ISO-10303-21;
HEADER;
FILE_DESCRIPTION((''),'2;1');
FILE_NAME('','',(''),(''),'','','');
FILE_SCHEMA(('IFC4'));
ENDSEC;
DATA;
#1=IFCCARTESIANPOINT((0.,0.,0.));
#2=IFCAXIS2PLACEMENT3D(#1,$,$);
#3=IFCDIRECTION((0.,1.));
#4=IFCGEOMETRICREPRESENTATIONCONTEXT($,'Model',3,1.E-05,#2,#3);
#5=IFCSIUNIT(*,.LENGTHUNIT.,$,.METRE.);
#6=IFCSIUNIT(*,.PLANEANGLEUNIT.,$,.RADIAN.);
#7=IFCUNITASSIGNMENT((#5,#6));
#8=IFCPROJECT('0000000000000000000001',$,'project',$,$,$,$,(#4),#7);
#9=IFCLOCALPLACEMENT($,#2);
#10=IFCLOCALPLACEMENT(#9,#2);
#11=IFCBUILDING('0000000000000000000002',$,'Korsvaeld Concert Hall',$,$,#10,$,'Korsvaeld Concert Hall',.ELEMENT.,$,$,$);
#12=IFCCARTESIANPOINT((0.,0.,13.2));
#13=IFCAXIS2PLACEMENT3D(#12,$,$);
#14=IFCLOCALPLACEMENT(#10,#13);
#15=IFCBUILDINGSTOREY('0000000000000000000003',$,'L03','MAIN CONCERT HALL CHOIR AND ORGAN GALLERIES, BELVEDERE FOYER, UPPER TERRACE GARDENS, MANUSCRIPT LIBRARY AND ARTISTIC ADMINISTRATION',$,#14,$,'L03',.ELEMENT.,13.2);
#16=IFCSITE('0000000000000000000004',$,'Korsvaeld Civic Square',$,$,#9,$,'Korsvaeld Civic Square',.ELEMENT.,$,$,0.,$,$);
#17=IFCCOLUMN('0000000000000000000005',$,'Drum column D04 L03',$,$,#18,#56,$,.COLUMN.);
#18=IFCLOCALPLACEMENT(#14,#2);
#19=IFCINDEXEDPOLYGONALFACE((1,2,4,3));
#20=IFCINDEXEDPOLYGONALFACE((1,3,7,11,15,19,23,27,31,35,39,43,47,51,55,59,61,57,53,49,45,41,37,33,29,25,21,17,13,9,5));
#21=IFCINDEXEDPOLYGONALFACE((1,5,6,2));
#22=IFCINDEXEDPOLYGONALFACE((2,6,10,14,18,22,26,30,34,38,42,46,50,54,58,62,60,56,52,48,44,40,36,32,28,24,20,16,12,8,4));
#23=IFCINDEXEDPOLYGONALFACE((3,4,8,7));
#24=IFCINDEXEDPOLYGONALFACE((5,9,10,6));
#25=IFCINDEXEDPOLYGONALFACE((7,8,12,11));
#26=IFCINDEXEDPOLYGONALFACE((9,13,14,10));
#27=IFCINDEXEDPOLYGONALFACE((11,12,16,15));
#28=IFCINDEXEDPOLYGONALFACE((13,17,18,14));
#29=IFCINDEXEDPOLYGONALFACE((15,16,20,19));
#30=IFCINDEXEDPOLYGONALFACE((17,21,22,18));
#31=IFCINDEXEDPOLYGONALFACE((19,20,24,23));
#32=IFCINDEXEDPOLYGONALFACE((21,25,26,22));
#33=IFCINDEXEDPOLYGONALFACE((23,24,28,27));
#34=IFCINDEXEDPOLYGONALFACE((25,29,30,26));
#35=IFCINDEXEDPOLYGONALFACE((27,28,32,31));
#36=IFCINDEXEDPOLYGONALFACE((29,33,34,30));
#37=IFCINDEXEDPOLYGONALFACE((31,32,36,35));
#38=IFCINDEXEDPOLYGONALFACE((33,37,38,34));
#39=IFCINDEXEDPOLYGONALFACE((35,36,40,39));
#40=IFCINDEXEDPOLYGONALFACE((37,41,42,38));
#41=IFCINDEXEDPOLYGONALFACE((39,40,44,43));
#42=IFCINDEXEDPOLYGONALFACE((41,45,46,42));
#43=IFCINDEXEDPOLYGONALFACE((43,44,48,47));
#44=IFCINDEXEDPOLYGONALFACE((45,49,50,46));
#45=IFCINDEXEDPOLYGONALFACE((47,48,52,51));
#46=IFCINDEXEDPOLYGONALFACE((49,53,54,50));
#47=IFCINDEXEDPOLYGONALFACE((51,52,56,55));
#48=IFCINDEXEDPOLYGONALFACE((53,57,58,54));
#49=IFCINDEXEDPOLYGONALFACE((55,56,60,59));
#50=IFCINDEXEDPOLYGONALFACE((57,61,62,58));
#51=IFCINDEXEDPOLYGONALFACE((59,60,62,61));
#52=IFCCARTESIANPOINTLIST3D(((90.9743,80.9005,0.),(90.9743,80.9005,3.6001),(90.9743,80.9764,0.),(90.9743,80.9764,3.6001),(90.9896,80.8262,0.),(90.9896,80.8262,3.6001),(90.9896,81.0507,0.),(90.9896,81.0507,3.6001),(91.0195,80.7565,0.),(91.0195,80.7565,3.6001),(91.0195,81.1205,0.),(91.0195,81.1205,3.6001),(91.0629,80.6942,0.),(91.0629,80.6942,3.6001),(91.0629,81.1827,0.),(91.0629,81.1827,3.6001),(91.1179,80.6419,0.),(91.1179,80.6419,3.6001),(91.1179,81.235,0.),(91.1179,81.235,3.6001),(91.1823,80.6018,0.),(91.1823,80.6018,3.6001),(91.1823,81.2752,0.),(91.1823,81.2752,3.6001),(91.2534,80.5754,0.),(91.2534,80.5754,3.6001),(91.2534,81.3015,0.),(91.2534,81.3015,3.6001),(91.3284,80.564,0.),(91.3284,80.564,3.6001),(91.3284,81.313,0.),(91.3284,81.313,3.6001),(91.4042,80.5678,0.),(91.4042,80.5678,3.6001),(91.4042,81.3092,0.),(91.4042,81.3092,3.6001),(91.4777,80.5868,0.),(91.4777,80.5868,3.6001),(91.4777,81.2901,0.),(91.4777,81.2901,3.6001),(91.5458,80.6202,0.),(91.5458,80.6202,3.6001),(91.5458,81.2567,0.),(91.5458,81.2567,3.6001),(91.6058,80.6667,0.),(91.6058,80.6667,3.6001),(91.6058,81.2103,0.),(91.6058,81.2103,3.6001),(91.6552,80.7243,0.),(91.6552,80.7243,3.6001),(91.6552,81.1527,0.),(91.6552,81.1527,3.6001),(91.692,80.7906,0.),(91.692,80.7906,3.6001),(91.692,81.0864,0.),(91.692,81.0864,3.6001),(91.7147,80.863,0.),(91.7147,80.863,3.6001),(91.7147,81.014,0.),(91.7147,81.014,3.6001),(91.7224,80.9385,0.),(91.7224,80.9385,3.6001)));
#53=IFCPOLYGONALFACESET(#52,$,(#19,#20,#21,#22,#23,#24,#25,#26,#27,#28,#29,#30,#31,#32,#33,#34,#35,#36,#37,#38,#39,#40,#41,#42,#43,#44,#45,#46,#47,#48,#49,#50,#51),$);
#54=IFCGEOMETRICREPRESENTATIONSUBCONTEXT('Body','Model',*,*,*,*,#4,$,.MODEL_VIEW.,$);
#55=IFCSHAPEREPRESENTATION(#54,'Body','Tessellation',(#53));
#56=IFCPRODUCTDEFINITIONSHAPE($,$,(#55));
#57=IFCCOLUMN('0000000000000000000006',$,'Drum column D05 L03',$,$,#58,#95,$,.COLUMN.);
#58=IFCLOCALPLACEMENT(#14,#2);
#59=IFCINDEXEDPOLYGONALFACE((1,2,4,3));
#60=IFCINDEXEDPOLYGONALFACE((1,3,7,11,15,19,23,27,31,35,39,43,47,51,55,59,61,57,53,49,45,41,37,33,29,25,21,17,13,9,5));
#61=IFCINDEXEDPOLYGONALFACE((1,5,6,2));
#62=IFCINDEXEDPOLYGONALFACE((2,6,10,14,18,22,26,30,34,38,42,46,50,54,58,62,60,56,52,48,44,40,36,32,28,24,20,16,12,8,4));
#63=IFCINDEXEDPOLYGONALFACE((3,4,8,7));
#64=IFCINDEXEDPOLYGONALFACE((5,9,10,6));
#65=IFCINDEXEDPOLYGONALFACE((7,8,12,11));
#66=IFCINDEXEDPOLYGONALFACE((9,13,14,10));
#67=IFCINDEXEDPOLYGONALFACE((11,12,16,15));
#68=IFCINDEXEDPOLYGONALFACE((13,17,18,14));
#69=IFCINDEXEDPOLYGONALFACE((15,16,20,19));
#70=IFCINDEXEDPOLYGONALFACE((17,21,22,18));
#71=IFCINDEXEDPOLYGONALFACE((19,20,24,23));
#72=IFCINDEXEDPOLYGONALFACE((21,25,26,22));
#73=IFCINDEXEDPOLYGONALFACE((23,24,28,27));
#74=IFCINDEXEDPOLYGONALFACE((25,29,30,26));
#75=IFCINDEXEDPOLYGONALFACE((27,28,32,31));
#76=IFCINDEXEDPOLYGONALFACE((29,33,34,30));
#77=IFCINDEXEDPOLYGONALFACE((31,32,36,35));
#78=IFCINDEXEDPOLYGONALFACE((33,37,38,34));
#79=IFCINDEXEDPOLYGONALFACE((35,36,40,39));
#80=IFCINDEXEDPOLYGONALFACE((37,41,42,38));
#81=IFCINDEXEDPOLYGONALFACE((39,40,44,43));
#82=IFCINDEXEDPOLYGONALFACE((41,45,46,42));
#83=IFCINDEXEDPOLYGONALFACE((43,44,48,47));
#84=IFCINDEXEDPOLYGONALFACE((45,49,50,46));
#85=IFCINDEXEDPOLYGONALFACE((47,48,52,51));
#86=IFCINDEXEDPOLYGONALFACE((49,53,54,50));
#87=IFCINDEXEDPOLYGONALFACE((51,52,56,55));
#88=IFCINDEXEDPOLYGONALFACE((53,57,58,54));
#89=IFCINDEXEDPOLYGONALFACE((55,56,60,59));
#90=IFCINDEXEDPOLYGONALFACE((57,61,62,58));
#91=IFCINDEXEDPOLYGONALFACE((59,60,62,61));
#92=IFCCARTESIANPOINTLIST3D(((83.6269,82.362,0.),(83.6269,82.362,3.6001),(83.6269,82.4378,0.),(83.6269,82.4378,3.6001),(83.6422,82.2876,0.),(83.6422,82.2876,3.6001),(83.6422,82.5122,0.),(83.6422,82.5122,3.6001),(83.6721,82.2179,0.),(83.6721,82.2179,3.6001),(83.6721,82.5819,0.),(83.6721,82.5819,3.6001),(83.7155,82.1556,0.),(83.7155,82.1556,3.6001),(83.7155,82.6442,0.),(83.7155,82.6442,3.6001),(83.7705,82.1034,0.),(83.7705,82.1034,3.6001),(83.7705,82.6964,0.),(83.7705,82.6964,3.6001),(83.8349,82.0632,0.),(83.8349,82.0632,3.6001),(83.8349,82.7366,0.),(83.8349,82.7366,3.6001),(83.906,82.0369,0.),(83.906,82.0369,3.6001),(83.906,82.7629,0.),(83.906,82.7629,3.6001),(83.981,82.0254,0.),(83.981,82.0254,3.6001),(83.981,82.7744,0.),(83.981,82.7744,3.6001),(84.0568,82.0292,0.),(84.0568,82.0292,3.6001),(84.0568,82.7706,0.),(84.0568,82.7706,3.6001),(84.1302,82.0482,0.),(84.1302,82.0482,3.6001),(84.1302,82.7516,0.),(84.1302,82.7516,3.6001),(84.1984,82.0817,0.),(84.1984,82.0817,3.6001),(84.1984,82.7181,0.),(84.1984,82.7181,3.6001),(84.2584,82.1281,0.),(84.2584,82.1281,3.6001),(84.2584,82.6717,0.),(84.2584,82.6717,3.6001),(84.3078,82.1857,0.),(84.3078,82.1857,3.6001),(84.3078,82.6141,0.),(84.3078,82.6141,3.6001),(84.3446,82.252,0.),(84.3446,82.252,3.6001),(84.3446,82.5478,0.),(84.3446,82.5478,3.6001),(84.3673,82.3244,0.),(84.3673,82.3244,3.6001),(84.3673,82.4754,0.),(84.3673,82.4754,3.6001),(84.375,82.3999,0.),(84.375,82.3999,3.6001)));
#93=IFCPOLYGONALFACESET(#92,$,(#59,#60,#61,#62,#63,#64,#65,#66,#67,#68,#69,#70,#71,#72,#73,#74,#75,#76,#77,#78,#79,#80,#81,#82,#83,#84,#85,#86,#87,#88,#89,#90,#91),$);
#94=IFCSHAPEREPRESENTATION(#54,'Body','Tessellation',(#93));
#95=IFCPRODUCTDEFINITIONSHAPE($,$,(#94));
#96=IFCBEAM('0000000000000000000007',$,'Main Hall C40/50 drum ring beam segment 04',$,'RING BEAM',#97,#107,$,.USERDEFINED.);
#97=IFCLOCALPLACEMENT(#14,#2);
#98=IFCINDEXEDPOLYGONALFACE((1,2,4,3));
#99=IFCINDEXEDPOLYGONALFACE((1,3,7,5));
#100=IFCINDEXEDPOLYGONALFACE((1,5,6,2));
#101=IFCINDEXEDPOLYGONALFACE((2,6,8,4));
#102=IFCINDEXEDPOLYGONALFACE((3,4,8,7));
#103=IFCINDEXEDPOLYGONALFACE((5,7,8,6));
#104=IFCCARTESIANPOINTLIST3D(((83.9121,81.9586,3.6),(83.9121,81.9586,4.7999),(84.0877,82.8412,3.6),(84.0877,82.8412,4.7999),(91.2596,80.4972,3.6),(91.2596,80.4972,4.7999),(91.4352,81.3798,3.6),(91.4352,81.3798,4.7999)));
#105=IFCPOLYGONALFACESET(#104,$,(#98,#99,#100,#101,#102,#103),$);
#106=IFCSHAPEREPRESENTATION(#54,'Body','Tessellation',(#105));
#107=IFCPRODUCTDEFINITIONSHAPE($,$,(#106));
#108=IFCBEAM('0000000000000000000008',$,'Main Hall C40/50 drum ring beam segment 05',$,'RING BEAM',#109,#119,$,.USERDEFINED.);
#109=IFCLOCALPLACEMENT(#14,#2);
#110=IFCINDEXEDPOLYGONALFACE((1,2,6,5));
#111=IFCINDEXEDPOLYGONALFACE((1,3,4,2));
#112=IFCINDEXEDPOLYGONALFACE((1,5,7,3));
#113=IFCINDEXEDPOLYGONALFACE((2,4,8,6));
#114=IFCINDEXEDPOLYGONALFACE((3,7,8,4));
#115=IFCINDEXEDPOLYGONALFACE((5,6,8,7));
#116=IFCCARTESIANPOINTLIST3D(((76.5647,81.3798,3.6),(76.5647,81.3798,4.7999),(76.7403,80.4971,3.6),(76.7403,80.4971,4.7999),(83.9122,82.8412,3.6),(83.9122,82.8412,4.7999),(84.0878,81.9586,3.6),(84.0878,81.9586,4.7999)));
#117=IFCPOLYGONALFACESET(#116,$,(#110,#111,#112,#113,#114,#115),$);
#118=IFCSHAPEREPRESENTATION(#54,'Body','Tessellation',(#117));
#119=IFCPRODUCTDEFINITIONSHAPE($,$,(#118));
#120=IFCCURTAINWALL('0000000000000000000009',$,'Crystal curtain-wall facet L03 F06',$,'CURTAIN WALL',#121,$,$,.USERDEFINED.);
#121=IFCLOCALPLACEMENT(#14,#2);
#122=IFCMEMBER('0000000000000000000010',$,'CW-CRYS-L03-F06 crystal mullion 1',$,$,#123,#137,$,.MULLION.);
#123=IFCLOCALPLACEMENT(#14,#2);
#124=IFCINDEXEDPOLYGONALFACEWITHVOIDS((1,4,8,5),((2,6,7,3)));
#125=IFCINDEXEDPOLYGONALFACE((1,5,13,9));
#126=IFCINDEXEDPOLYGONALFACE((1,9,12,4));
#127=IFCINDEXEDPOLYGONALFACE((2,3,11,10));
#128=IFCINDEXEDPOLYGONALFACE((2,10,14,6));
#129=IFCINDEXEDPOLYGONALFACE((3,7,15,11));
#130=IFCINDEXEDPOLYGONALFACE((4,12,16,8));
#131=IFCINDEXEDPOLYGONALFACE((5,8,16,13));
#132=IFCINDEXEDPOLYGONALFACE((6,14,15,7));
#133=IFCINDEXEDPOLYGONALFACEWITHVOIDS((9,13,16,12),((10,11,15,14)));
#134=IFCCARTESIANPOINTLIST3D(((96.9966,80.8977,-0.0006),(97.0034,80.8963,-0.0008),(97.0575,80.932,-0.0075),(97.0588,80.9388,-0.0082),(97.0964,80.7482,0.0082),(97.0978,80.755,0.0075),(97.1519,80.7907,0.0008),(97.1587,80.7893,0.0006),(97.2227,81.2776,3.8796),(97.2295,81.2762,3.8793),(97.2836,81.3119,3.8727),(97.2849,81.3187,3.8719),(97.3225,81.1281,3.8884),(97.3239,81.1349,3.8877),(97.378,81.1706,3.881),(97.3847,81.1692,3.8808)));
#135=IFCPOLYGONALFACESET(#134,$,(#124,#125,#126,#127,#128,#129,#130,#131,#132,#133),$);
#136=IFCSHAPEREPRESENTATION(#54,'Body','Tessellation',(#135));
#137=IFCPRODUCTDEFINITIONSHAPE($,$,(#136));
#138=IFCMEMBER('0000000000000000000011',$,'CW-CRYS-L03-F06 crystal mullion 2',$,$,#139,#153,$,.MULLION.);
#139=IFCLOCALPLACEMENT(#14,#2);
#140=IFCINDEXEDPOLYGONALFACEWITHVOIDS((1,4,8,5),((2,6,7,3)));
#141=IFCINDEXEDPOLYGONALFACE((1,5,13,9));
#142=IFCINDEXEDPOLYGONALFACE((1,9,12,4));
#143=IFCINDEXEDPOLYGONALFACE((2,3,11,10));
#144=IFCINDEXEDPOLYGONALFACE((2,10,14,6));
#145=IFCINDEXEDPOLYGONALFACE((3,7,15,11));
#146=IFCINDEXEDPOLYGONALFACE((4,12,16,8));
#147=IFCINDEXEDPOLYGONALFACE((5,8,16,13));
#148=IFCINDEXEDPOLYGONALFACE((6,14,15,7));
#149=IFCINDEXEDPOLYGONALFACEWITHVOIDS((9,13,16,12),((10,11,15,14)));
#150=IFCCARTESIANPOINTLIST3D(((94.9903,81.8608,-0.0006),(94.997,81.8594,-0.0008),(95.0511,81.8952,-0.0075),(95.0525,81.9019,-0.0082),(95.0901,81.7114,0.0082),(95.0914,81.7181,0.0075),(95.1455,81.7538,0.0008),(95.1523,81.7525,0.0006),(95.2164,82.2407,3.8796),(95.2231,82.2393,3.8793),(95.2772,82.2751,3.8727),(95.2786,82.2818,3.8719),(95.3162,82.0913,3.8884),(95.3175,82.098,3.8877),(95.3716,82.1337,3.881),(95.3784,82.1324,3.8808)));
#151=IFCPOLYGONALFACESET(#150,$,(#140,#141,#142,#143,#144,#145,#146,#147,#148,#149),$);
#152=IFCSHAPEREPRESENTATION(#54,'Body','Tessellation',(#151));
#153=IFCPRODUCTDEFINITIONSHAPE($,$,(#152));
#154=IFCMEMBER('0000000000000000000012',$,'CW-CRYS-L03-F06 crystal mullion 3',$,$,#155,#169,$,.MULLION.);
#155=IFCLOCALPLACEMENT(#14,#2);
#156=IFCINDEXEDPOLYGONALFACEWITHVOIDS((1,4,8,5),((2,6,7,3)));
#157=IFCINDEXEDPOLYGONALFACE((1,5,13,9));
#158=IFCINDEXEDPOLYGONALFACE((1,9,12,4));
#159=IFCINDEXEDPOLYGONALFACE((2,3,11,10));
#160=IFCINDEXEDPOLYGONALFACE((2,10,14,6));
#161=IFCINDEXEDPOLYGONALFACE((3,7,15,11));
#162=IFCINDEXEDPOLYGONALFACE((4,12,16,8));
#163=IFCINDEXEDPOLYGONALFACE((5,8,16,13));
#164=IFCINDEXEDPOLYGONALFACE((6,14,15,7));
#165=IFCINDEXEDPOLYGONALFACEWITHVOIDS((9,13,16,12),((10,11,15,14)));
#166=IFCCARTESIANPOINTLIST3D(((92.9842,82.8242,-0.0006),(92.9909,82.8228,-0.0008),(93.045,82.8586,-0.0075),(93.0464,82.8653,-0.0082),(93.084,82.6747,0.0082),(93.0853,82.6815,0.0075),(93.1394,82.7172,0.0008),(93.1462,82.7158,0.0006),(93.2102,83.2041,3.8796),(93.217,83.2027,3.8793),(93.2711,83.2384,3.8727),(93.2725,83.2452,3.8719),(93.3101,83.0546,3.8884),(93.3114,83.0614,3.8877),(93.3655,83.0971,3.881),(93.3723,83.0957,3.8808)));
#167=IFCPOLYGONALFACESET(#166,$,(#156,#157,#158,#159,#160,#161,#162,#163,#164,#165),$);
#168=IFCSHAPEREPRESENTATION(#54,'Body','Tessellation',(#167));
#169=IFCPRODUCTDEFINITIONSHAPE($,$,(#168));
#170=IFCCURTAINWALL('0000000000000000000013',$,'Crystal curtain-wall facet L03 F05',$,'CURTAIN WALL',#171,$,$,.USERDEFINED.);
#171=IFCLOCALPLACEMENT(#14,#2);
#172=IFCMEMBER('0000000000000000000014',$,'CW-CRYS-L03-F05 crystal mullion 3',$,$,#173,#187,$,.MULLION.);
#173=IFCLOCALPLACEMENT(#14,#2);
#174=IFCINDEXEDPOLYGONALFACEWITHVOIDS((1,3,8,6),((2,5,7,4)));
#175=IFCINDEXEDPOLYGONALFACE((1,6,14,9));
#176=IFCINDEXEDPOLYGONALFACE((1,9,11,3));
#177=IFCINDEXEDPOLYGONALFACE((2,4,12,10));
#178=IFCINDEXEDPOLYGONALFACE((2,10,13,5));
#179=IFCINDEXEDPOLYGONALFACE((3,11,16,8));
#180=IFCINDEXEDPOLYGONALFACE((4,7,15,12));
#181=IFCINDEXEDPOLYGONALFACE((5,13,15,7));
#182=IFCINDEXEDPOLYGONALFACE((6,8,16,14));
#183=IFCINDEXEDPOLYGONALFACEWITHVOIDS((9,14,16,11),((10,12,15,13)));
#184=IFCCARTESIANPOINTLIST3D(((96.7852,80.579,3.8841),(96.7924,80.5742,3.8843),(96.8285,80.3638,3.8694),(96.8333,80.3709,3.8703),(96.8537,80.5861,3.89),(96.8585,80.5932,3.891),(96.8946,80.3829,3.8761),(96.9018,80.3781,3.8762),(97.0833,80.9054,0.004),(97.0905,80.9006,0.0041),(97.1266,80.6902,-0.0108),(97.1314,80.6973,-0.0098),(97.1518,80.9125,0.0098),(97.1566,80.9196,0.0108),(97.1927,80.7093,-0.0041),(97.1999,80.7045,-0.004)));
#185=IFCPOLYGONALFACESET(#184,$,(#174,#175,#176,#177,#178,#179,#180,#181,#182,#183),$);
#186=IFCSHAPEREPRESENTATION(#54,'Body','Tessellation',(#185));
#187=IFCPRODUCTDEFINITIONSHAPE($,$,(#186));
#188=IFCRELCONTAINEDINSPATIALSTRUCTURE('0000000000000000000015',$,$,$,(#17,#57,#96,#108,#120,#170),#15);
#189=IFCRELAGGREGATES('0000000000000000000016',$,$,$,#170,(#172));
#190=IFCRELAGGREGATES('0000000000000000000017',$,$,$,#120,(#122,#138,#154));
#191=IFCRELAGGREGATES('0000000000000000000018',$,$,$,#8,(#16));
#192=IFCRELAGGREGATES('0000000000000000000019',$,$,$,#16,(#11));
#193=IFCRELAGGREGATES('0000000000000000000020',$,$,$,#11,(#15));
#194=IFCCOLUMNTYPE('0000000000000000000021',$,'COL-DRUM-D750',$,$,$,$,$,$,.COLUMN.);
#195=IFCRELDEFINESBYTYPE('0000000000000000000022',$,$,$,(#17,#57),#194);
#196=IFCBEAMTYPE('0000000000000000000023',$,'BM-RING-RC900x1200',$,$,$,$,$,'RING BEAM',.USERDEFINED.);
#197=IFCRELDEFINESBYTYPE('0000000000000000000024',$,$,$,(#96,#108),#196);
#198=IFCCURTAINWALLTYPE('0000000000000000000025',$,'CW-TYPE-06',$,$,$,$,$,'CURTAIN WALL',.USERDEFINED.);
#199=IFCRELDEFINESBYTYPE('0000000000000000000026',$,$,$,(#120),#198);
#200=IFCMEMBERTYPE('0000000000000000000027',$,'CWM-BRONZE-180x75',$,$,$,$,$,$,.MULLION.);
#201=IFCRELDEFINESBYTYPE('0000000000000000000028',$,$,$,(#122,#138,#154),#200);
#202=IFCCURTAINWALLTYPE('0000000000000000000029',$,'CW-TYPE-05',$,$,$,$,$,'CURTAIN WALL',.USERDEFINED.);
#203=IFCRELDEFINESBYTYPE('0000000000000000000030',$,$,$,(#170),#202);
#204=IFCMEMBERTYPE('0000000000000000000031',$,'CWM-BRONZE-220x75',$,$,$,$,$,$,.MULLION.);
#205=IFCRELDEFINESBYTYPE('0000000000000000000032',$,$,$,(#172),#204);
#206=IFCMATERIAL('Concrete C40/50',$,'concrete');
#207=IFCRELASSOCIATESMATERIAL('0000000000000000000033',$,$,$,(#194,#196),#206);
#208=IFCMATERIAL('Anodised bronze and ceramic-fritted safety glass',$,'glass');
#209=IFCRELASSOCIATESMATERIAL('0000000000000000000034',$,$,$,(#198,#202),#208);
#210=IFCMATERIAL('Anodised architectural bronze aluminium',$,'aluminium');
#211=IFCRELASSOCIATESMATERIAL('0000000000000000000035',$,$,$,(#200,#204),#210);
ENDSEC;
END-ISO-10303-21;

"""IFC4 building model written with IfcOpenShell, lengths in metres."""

from ifc_helpers import new_model, si_unit, direction, frame, origin, origin_2d, place, context, subcontext, project, spatial, rectangle, hollow_rectangle, circle, extrude, material, material_profile, profile_set, type_object, element, aggregate, save


model = new_model("IFC4")

# Units and contexts
model_context = context("Model", 3, precision=1e-05, world=origin(), true_north=direction((0.0, 1.0)))
body_context = subcontext(model_context, "Body", "Model", "MODEL_VIEW")
ifc_project = project(units=[si_unit("LENGTHUNIT", "METRE"), si_unit("PLANEANGLEUNIT", "RADIAN")], contexts=[model_context])

# Site, building, storey
site_placement = place(None, origin())
site = spatial("IfcSite", under=ifc_project, at=site_placement, Name="Korsvaeld Civic Square", LongName="Korsvaeld Civic Square", CompositionType="ELEMENT", RefElevation=0.0)
building_placement = place(site_placement, origin())
building = spatial("IfcBuilding", under=site, at=building_placement, Name="Korsvaeld Concert Hall", LongName="Korsvaeld Concert Hall", CompositionType="ELEMENT")
storey_placement = place(building_placement, frame((0.0, 0.0, 13.2)))
storey = spatial("IfcBuildingStorey", under=building, at=storey_placement, Name="L03", Description="MAIN CONCERT HALL CHOIR AND ORGAN GALLERIES, BELVEDERE FOYER, UPPER TERRACE GARDENS, MANUSCRIPT LIBRARY AND ARTISTIC ADMINISTRATION", LongName="L03", CompositionType="ELEMENT", Elevation=13.2)

# Columns
ifc_material_1 = material(Name="Concrete C40/50", Category="concrete")
ifc_material_profile_1 = material_profile(ifc_material_1, circle(Radius=0.375, at=origin_2d()), Name="RC D750")
ifc_profile_set_1 = profile_set([ifc_material_profile_1], Name="Concrete C40/50")
column_type = type_object("IfcColumnType", Name="COL-DRUM-D750", PredefinedType="COLUMN", material=ifc_profile_set_1)
for number, where, z_axis, x_axis, name in (
    (1, (91.3474, 80.9385, 0.0), (0.0, 0.0, 1.0), (1.0, 0.0, 0.0), "Drum column D04 L03"),
    (2, (84.0, 82.3999, 0.0), (0.0, 0.0, 1.0), (1.0, 0.0, 0.0), "Drum column D05 L03"),
):
    element("IfcColumn", number, at=place(storey_placement, frame(where, z_axis=z_axis, x_axis=x_axis)), inside=storey, type_object=column_type, Name=name, PredefinedType="COLUMN", context=body_context, shape_type="SweptSolid", body=[
        extrude(circle(Radius=0.375, at=origin_2d()), origin(), (0.0, 0.0, 1.0), 3.6001),
    ])

# Beams
ifc_material_profile_2 = material_profile(ifc_material_1, rectangle(XDim=0.8999, YDim=1.2, at=origin_2d()), Name="RC 900x1200")
ifc_profile_set_2 = profile_set([ifc_material_profile_2], Name="Concrete C40/50")
beam_type = type_object("IfcBeamType", Name="BM-RING-RC900x1200", ElementType="RING BEAM", PredefinedType="USERDEFINED", material=ifc_profile_set_2)
for number, where, z_axis, x_axis, name in (
    (3, (91.3474, 80.9385, 4.2), (-0.980787, 0.195082, 0.0), (-0.195082, -0.980787, 0.0), "Main Hall C40/50 drum ring beam segment 04"),
    (4, (84.0, 82.3999, 4.2), (-0.980787, -0.195082, 0.0), (0.195082, -0.980787, 0.0), "Main Hall C40/50 drum ring beam segment 05"),
):
    element("IfcBeam", number, at=place(storey_placement, frame(where, z_axis=z_axis, x_axis=x_axis)), inside=storey, type_object=beam_type, Name=name, ObjectType="RING BEAM", PredefinedType="USERDEFINED", context=body_context, shape_type="SweptSolid", body=[
        extrude(rectangle(XDim=0.8999, YDim=1.2, at=origin_2d()), origin(), (0.0, 0.0, 1.0), 7.4915),
    ])

# Curtain wall, members
ifc_material_2 = material(Name="Anodised bronze and ceramic-fritted safety glass", Category="glass")
curtain_wall_type_1 = type_object("IfcCurtainWallType", Name="CW-TYPE-06", ElementType="CURTAIN WALL", PredefinedType="USERDEFINED", material=ifc_material_2)
curtain_wall_1_placement = place(storey_placement, origin())
curtain_wall_1 = element("IfcCurtainWall", 5, at=curtain_wall_1_placement, inside=storey, type_object=curtain_wall_type_1, Name="Crystal curtain-wall facet L03 F06", ObjectType="CURTAIN WALL", PredefinedType="USERDEFINED")
ifc_material_3 = material(Name="Anodised architectural bronze aluminium", Category="aluminium")
ifc_material_profile_3 = material_profile(ifc_material_3, hollow_rectangle(XDim=0.075, YDim=0.1799, WallThickness=0.0049, at=origin_2d()), Name="CWM 180x75x5")
ifc_profile_set_3 = profile_set([ifc_material_profile_3], Name="Anodised architectural bronze aluminium")
member_type_1 = type_object("IfcMemberType", Name="CWM-BRONZE-180x75", PredefinedType="MULLION", material=ifc_profile_set_3)
member_1_placement = place(storey_placement, frame((97.0776, 80.8435, 0.0), z_axis=(0.05789, 0.097275, 0.993572), x_axis=(0.83, 0.54835, -0.102046)))
member_1 = element("IfcMember", 6, at=member_1_placement, type_object=member_type_1, Name="CW-CRYS-L03-F06 crystal mullion 1", PredefinedType="MULLION", context=body_context, shape_type="SweptSolid", body=[
    extrude(hollow_rectangle(XDim=0.075, YDim=0.1799, WallThickness=0.0049, at=origin_2d()), origin(), (0.0, 0.0, 1.0), 3.9053),
])
member_2_placement = place(storey_placement, frame((95.0713, 81.8066, 0.0), z_axis=(0.05789, 0.097275, 0.993572), x_axis=(0.83, 0.54835, -0.102046)))
member_2 = element("IfcMember", 7, at=member_2_placement, type_object=member_type_1, Name="CW-CRYS-L03-F06 crystal mullion 2", PredefinedType="MULLION", context=body_context, shape_type="SweptSolid", body=[
    extrude(hollow_rectangle(XDim=0.075, YDim=0.1799, WallThickness=0.0049, at=origin_2d()), origin(), (0.0, 0.0, 1.0), 3.9053),
])
member_3_placement = place(storey_placement, frame((93.0652, 82.77, 0.0), z_axis=(0.05789, 0.097275, 0.993572), x_axis=(0.83, 0.54835, -0.102046)))
member_3 = element("IfcMember", 8, at=member_3_placement, type_object=member_type_1, Name="CW-CRYS-L03-F06 crystal mullion 3", PredefinedType="MULLION", context=body_context, shape_type="SweptSolid", body=[
    extrude(hollow_rectangle(XDim=0.075, YDim=0.1799, WallThickness=0.0049, at=origin_2d()), origin(), (0.0, 0.0, 1.0), 3.9053),
])

# Curtain wall, member
curtain_wall_type_2 = type_object("IfcCurtainWallType", Name="CW-TYPE-05", ElementType="CURTAIN WALL", PredefinedType="USERDEFINED", material=ifc_material_2)
curtain_wall_2_placement = place(storey_placement, origin())
curtain_wall_2 = element("IfcCurtainWall", 9, at=curtain_wall_2_placement, inside=storey, type_object=curtain_wall_type_2, Name="Crystal curtain-wall facet L03 F05", ObjectType="CURTAIN WALL", PredefinedType="USERDEFINED")
ifc_material_profile_4 = material_profile(ifc_material_3, hollow_rectangle(XDim=0.075, YDim=0.22, WallThickness=0.0061, at=origin_2d()), Name="CWM 220x75x6")
ifc_profile_set_4 = profile_set([ifc_material_profile_4], Name="Anodised architectural bronze aluminium")
member_type_2 = type_object("IfcMemberType", Name="CWM-BRONZE-220x75", PredefinedType="MULLION", material=ifc_profile_set_4)
member_4_placement = place(storey_placement, frame((97.1416, 80.8049, 0.0), z_axis=(-0.076333, -0.083584, 0.993573), x_axis=(-0.977475, -0.190372, -0.091111)))
member_4 = element("IfcMember", 10, at=member_4_placement, type_object=member_type_2, Name="CW-CRYS-L03-F05 crystal mullion 3", PredefinedType="MULLION", context=body_context, shape_type="SweptSolid", body=[
    extrude(hollow_rectangle(XDim=0.075, YDim=0.22, WallThickness=0.0061, at=origin_2d()), origin(), (0.0, 0.0, 1.0), 3.9053),
])
aggregate(curtain_wall_2, [member_4])

aggregate(curtain_wall_1, [member_1, member_2, member_3])

save(model, "model.ifc")
